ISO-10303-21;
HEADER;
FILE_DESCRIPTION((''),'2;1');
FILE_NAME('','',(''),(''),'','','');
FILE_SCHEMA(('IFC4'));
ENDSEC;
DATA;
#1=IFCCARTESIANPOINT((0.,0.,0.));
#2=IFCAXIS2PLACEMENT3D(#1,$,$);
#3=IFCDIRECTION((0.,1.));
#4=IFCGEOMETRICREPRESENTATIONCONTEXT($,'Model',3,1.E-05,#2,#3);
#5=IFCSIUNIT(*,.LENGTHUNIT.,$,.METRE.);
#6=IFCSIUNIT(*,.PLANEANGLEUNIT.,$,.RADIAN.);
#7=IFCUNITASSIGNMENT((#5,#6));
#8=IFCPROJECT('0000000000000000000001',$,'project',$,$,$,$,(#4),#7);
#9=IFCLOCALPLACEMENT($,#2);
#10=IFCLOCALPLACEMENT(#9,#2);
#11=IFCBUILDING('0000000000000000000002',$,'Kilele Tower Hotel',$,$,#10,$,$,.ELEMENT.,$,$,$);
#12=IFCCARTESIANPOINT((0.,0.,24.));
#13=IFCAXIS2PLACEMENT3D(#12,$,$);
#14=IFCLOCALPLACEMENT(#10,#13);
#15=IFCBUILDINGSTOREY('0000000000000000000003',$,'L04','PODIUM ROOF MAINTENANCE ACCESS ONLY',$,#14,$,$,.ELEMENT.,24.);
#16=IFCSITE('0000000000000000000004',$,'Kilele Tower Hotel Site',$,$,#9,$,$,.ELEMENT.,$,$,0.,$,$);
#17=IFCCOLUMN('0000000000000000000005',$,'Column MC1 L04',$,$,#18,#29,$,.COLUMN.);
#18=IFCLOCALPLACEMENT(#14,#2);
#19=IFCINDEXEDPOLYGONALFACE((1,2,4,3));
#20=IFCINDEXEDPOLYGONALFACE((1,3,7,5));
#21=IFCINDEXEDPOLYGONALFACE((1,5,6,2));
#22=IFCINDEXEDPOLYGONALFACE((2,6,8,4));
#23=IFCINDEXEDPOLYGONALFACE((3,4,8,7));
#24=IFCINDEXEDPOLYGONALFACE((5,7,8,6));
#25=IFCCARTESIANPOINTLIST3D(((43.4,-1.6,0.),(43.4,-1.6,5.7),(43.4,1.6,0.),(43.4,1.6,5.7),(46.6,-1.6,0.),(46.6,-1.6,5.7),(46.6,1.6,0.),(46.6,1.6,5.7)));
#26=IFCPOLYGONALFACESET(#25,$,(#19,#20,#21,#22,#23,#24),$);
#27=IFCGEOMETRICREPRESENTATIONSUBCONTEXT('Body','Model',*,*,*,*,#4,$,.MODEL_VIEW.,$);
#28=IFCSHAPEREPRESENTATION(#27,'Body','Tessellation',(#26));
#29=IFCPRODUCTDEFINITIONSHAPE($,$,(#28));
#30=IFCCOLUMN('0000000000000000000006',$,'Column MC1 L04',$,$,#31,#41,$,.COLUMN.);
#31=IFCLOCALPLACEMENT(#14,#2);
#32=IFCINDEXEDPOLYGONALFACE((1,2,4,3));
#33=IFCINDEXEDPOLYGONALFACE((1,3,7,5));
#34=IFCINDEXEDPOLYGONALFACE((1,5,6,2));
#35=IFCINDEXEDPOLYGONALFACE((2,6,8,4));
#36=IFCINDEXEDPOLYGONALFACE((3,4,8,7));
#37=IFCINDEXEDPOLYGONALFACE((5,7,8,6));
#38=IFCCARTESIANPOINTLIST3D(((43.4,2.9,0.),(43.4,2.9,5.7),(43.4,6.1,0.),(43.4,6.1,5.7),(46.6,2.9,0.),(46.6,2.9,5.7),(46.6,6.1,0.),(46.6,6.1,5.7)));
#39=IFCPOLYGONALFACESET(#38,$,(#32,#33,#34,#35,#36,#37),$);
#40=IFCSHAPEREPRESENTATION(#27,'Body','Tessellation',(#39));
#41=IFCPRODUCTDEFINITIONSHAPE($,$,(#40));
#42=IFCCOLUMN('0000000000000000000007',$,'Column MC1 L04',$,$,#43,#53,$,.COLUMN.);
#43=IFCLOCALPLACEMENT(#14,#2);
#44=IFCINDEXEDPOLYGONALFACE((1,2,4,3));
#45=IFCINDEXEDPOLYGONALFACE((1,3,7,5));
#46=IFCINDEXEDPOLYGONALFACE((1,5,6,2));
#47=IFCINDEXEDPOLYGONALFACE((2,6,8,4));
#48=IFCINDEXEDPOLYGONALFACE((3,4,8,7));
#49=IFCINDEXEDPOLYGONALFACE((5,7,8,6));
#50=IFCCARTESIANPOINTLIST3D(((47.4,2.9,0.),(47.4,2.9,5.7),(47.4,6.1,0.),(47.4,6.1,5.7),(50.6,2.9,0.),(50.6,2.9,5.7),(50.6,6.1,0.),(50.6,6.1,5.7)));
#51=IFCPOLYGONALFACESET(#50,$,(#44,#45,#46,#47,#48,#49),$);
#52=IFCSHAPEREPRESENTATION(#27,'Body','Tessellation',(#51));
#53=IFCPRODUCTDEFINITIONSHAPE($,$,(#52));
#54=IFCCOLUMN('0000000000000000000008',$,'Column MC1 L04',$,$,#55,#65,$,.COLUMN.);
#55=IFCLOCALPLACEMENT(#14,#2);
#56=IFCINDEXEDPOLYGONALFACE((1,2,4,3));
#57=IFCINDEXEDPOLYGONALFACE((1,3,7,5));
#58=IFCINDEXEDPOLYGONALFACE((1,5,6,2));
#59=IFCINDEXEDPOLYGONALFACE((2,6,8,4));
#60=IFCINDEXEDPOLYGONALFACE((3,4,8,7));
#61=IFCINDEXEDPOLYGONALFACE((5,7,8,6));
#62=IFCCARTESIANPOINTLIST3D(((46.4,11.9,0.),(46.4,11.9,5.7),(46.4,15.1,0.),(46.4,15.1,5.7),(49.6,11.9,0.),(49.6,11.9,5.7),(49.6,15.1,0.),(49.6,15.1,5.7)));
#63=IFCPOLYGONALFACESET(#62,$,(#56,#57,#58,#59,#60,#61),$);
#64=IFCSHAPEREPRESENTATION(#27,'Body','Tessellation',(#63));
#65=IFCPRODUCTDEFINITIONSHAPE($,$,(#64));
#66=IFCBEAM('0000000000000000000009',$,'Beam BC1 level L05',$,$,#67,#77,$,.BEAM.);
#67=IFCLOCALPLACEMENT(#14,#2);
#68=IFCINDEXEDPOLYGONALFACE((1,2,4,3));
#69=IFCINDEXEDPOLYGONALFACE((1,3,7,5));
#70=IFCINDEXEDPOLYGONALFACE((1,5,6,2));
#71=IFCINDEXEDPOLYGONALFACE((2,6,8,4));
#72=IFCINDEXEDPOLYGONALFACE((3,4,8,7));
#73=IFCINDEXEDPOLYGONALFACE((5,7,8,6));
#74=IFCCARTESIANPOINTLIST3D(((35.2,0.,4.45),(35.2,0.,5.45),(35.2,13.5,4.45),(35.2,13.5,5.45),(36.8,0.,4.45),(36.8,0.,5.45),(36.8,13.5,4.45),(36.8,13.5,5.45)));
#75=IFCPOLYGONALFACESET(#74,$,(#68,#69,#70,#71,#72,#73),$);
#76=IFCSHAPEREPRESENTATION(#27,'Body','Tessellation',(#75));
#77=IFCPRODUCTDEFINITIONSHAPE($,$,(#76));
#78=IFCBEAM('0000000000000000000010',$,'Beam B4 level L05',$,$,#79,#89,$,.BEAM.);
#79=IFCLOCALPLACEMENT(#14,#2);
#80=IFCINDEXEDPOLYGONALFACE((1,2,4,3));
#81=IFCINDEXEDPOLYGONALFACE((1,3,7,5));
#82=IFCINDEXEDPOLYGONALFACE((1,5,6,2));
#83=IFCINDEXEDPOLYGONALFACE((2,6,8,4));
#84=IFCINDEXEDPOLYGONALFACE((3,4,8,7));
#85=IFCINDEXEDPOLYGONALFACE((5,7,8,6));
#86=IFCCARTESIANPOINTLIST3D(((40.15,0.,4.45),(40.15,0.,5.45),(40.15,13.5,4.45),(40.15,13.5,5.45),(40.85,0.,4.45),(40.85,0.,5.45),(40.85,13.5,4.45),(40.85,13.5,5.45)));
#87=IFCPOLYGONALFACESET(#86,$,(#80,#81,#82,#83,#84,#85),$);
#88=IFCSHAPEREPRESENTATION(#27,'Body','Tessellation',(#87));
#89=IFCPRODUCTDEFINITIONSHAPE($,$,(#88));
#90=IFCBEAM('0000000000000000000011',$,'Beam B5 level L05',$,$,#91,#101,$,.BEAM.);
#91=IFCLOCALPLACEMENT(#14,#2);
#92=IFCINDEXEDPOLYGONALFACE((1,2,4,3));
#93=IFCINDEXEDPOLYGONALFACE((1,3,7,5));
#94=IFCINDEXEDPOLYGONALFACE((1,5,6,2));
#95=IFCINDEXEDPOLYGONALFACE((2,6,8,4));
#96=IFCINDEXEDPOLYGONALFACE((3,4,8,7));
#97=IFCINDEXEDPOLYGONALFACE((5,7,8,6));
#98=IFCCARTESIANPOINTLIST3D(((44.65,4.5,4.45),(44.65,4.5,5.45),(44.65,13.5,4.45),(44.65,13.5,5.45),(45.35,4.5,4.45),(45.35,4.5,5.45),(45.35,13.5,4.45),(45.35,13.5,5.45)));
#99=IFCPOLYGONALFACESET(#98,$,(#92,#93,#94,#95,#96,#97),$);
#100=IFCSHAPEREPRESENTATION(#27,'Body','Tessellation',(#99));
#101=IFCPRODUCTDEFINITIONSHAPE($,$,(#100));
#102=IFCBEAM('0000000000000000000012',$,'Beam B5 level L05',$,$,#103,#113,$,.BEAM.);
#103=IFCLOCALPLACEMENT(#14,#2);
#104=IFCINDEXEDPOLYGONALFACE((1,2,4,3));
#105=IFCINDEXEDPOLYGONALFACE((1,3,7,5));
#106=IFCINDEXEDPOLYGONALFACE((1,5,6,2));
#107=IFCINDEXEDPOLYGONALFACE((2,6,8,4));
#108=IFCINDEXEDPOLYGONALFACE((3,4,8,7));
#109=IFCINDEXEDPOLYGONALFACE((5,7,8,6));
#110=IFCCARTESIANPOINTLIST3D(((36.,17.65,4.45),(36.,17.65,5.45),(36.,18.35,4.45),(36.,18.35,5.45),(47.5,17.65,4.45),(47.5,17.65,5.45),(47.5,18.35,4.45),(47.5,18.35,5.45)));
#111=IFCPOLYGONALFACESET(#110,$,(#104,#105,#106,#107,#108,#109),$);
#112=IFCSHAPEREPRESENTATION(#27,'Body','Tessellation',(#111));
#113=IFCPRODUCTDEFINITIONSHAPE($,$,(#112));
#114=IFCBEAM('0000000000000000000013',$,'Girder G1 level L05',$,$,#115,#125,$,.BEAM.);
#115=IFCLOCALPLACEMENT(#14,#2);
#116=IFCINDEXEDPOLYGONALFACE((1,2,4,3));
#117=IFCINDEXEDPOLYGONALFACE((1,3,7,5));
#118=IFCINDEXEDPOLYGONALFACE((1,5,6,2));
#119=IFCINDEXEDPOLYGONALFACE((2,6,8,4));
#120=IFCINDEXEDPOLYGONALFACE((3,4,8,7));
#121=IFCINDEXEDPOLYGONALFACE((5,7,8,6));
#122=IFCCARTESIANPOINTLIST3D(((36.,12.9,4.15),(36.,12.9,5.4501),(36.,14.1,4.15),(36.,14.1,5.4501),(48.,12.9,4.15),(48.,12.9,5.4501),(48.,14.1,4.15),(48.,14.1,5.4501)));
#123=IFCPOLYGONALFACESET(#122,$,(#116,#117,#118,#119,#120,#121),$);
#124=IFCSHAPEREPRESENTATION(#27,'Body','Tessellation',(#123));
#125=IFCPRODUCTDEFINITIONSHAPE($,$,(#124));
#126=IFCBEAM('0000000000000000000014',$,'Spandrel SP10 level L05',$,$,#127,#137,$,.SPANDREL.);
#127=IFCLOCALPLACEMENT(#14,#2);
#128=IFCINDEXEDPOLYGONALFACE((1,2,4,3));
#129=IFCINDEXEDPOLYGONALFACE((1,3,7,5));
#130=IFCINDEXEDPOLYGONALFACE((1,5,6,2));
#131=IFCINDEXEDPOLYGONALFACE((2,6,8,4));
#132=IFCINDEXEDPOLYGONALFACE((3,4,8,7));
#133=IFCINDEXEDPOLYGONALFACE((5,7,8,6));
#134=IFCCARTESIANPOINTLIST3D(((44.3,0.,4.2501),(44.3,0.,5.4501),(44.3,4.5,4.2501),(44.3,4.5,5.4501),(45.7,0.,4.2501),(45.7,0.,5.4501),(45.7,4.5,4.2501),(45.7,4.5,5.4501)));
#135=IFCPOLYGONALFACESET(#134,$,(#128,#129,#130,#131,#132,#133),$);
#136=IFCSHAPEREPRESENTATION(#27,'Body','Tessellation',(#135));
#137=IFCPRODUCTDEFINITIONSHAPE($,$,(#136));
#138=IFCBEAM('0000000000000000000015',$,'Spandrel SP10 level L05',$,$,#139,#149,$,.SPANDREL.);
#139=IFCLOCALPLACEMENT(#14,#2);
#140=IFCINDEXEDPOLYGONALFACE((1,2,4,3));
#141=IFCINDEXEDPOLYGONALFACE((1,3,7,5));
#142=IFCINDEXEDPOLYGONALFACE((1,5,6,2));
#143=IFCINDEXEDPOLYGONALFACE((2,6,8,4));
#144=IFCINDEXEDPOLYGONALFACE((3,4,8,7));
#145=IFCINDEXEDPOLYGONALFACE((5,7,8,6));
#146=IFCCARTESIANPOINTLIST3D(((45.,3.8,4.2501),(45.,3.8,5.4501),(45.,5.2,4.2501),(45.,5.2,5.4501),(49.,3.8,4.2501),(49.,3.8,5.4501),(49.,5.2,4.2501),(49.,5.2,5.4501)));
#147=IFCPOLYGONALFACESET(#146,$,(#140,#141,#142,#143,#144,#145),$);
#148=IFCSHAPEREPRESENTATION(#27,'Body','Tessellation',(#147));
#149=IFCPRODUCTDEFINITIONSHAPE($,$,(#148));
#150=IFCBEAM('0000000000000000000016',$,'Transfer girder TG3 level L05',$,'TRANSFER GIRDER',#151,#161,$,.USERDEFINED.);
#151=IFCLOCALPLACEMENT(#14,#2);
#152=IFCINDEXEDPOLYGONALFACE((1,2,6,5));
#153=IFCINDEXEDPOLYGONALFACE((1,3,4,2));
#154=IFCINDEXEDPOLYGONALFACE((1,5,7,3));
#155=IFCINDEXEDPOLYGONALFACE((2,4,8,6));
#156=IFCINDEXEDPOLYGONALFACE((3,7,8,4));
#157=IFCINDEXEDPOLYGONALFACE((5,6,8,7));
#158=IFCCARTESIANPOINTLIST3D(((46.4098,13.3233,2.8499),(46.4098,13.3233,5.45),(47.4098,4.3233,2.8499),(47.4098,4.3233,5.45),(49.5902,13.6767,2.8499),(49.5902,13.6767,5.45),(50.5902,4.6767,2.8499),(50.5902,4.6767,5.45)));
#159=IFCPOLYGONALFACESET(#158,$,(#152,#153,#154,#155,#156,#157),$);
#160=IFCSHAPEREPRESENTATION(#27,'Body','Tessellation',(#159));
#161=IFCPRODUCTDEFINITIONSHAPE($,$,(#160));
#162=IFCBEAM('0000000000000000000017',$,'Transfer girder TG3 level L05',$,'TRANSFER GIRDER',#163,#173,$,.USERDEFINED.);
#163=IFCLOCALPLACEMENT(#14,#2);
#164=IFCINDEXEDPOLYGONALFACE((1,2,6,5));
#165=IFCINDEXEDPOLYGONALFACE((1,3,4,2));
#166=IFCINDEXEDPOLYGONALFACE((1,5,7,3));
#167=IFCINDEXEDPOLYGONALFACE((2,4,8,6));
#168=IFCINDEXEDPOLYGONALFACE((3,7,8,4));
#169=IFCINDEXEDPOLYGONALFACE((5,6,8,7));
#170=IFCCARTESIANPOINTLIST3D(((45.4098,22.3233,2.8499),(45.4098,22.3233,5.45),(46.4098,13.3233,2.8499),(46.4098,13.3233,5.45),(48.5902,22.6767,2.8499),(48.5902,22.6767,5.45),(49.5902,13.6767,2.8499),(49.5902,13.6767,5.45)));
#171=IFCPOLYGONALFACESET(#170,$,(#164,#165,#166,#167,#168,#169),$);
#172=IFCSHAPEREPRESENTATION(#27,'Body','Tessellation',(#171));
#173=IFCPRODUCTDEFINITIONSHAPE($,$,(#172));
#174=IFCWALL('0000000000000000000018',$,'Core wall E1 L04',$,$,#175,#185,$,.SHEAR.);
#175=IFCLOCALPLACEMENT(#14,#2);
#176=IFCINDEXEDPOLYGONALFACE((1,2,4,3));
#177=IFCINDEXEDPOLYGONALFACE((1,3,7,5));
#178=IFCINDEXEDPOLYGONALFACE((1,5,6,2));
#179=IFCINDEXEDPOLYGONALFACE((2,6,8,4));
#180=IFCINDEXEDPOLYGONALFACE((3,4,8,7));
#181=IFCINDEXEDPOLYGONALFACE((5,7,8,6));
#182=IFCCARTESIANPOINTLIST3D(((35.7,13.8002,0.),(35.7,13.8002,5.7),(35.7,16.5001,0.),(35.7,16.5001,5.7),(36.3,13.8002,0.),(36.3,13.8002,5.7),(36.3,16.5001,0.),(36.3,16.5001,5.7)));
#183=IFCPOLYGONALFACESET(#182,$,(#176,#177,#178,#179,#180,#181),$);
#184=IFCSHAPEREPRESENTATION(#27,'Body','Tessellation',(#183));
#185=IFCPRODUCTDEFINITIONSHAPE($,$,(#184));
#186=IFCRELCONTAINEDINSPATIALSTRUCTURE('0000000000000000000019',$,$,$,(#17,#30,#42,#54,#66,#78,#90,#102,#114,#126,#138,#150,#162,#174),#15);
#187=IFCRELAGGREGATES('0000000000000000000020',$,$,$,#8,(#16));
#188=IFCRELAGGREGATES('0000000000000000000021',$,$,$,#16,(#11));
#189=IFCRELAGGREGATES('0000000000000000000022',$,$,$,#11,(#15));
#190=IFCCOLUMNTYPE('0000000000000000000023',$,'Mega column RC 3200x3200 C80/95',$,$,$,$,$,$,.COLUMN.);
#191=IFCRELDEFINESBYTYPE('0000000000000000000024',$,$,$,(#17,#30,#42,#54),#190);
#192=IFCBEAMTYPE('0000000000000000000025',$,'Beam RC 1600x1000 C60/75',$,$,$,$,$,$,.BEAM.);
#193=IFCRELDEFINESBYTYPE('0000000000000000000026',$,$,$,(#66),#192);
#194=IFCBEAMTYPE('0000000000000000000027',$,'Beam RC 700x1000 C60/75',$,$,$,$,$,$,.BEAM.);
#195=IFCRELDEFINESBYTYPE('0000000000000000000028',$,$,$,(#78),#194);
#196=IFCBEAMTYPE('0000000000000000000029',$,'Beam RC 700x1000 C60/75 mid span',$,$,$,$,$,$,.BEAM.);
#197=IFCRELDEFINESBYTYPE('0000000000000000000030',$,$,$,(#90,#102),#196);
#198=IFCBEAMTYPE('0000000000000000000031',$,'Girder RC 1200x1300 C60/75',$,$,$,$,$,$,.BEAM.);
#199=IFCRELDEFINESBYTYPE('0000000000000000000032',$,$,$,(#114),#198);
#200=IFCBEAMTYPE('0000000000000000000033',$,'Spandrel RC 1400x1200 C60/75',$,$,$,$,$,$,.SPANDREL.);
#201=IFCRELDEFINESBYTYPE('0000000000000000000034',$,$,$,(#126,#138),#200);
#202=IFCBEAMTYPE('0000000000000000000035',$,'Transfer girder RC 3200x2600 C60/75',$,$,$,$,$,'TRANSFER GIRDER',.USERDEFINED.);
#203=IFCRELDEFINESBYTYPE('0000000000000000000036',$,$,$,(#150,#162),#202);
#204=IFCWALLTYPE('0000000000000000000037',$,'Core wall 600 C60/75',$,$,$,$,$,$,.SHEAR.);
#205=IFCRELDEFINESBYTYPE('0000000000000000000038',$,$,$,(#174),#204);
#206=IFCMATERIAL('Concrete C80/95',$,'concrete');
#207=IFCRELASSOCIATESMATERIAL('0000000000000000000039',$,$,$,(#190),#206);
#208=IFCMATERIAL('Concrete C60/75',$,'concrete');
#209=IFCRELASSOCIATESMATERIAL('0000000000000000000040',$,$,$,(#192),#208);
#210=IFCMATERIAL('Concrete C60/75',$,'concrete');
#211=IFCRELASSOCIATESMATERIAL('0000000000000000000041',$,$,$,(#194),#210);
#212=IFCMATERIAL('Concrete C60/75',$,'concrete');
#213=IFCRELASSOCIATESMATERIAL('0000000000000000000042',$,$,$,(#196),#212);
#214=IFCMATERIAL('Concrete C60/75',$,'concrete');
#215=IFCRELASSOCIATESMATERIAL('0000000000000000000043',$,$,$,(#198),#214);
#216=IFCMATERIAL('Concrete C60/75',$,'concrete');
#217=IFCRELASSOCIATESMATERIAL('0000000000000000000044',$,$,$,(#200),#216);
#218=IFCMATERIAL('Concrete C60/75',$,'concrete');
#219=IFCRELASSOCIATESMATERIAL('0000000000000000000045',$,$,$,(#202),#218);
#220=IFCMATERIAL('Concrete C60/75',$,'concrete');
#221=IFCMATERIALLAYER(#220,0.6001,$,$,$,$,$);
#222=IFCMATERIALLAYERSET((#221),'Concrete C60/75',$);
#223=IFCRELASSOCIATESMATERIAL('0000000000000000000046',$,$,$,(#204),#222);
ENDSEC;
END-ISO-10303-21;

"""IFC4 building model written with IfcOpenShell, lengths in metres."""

from ifc_helpers import new_model, si_unit, direction, frame, frame_2d, origin, origin_2d, place, context, subcontext, project, spatial, rectangle, extrude, material, layer, layer_set, material_profile, profile_set, type_object, element, save


model = new_model("IFC4")

# Units and contexts
model_context = context("Model", 3, precision=1e-05, world=origin(), true_north=direction((0.0, 1.0)))
body_context = subcontext(model_context, "Body", "Model", "MODEL_VIEW")
ifc_project = project(units=[si_unit("LENGTHUNIT", "METRE"), si_unit("PLANEANGLEUNIT", "RADIAN")], contexts=[model_context])

# Site, building, storey
site_placement = place(None, origin())
site = spatial("IfcSite", under=ifc_project, at=site_placement, Name="Kilele Tower Hotel Site", CompositionType="ELEMENT", RefElevation=0.0)
building_placement = place(site_placement, origin())
building = spatial("IfcBuilding", under=site, at=building_placement, Name="Kilele Tower Hotel", CompositionType="ELEMENT")
storey_placement = place(building_placement, frame((0.0, 0.0, 24.0)))
storey = spatial("IfcBuildingStorey", under=building, at=storey_placement, Name="L04", Description="PODIUM ROOF MAINTENANCE ACCESS ONLY", CompositionType="ELEMENT", Elevation=24.0)

# Columns
ifc_material_1 = material(Name="Concrete C80/95", Category="concrete")
ifc_material_profile_1 = material_profile(ifc_material_1, rectangle(XDim=3.2, YDim=3.2, at=origin_2d()))
ifc_profile_set_1 = profile_set([ifc_material_profile_1], Name="Concrete C80/95")
column_type = type_object("IfcColumnType", Name="Mega column RC 3200x3200 C80/95", PredefinedType="COLUMN", material=ifc_profile_set_1)
for number, where, z_axis, x_axis, name in (
    (1, (45.0, 0.0, 0.0), (0.0, 0.0, 1.0), (1.0, 0.0, 0.0), "Column MC1 L04"),
    (2, (45.0, 4.5, 0.0), (0.0, 0.0, 1.0), (1.0, 0.0, 0.0), "Column MC1 L04"),
    (3, (49.0, 4.5, 0.0), (0.0, 0.0, 1.0), (1.0, 0.0, 0.0), "Column MC1 L04"),
    (4, (48.0, 13.5, 0.0), (0.0, 0.0, 1.0), (1.0, 0.0, 0.0), "Column MC1 L04"),
):
    element("IfcColumn", number, at=place(storey_placement, frame(where, z_axis=z_axis, x_axis=x_axis)), inside=storey, type_object=column_type, Name=name, PredefinedType="COLUMN", context=body_context, shape_type="SweptSolid", body=[
        extrude(rectangle(XDim=3.2, YDim=3.2, at=origin_2d()), origin(), (0.0, 0.0, 1.0), 5.7),
    ])

# Beams
ifc_material_2 = material(Name="Concrete C60/75", Category="concrete")
ifc_material_profile_2 = material_profile(ifc_material_2, rectangle(XDim=1.6001, YDim=1.0, at=origin_2d()))
ifc_profile_set_2 = profile_set([ifc_material_profile_2], Name="Concrete C60/75")
beam_type_1 = type_object("IfcBeamType", Name="Beam RC 1600x1000 C60/75", PredefinedType="BEAM", material=ifc_profile_set_2)
beam_1_placement = place(storey_placement, frame((36.0, 0.0, 4.95), z_axis=(0.0, 1.0, 0.0), x_axis=(-1.0, 0.0, 0.0)))
element("IfcBeam", 5, at=beam_1_placement, inside=storey, type_object=beam_type_1, Name="Beam BC1 level L05", PredefinedType="BEAM", context=body_context, shape_type="SweptSolid", body=[
    extrude(rectangle(XDim=1.6001, YDim=1.0, at=origin_2d()), origin(), (0.0, 0.0, 1.0), 13.5),
])
ifc_material_3 = material(Name="Concrete C60/75", Category="concrete")
ifc_material_profile_3 = material_profile(ifc_material_3, rectangle(XDim=0.7, YDim=1.0, at=origin_2d()))
ifc_profile_set_3 = profile_set([ifc_material_profile_3], Name="Concrete C60/75")
beam_type_2 = type_object("IfcBeamType", Name="Beam RC 700x1000 C60/75", PredefinedType="BEAM", material=ifc_profile_set_3)
beam_2_placement = place(storey_placement, frame((40.5, 0.0, 4.95), z_axis=(0.0, 1.0, 0.0), x_axis=(-1.0, 0.0, 0.0)))
element("IfcBeam", 6, at=beam_2_placement, inside=storey, type_object=beam_type_2, Name="Beam B4 level L05", PredefinedType="BEAM", context=body_context, shape_type="SweptSolid", body=[
    extrude(rectangle(XDim=0.7, YDim=1.0, at=origin_2d()), origin(), (0.0, 0.0, 1.0), 13.5),
])
ifc_material_4 = material(Name="Concrete C60/75", Category="concrete")
ifc_material_profile_4 = material_profile(ifc_material_4, rectangle(XDim=0.7, YDim=1.0, at=origin_2d()))
ifc_profile_set_4 = profile_set([ifc_material_profile_4], Name="Concrete C60/75")
beam_type_3 = type_object("IfcBeamType", Name="Beam RC 700x1000 C60/75 mid span", PredefinedType="BEAM", material=ifc_profile_set_4)
beam_3_placement = place(storey_placement, frame((45.0, 4.5, 4.95), z_axis=(0.0, 1.0, 0.0), x_axis=(-1.0, 0.0, 0.0)))
element("IfcBeam", 7, at=beam_3_placement, inside=storey, type_object=beam_type_3, Name="Beam B5 level L05", PredefinedType="BEAM", context=body_context, shape_type="SweptSolid", body=[
    extrude(rectangle(XDim=0.7, YDim=1.0, at=origin_2d()), origin(), (0.0, 0.0, 1.0), 9.0),
])
beam_4_placement = place(storey_placement, frame((47.5, 18.0, 4.95), z_axis=(-1.0, 0.0, 0.0), x_axis=(0.0, -1.0, 0.0)))
element("IfcBeam", 8, at=beam_4_placement, inside=storey, type_object=beam_type_3, Name="Beam B5 level L05", PredefinedType="BEAM", context=body_context, shape_type="SweptSolid", body=[
    extrude(rectangle(XDim=0.7, YDim=1.0, at=origin_2d()), origin(), (0.0, 0.0, 1.0), 11.5),
])
ifc_material_5 = material(Name="Concrete C60/75", Category="concrete")
ifc_material_profile_5 = material_profile(ifc_material_5, rectangle(XDim=1.2, YDim=1.3, at=origin_2d()))
ifc_profile_set_5 = profile_set([ifc_material_profile_5], Name="Concrete C60/75")
beam_type_4 = type_object("IfcBeamType", Name="Girder RC 1200x1300 C60/75", PredefinedType="BEAM", material=ifc_profile_set_5)
beam_5_placement = place(storey_placement, frame((48.0, 13.5, 4.8), z_axis=(-1.0, 0.0, 0.0), x_axis=(0.0, -1.0, 0.0)))
element("IfcBeam", 9, at=beam_5_placement, inside=storey, type_object=beam_type_4, Name="Girder G1 level L05", PredefinedType="BEAM", context=body_context, shape_type="SweptSolid", body=[
    extrude(rectangle(XDim=1.2, YDim=1.3, at=origin_2d()), origin(), (0.0, 0.0, 1.0), 12.0),
])
ifc_material_6 = material(Name="Concrete C60/75", Category="concrete")
ifc_material_profile_6 = material_profile(ifc_material_6, rectangle(XDim=1.3999, YDim=1.2, at=origin_2d()))
ifc_profile_set_6 = profile_set([ifc_material_profile_6], Name="Concrete C60/75")
beam_type_5 = type_object("IfcBeamType", Name="Spandrel RC 1400x1200 C60/75", PredefinedType="SPANDREL", material=ifc_profile_set_6)
beam_6_placement = place(storey_placement, frame((45.0, 0.0, 4.8501), z_axis=(0.0, 1.0, 0.0), x_axis=(-1.0, 0.0, 0.0)))
element("IfcBeam", 10, at=beam_6_placement, inside=storey, type_object=beam_type_5, Name="Spandrel SP10 level L05", PredefinedType="SPANDREL", context=body_context, shape_type="SweptSolid", body=[
    extrude(rectangle(XDim=1.3999, YDim=1.2, at=origin_2d()), origin(), (0.0, 0.0, 1.0), 4.5),
])
beam_7_placement = place(storey_placement, frame((45.0, 4.5, 4.8501), z_axis=(1.0, 0.0, 0.0), x_axis=(0.0, 1.0, 0.0)))
element("IfcBeam", 11, at=beam_7_placement, inside=storey, type_object=beam_type_5, Name="Spandrel SP10 level L05", PredefinedType="SPANDREL", context=body_context, shape_type="SweptSolid", body=[
    extrude(rectangle(XDim=1.3999, YDim=1.2, at=origin_2d()), origin(), (0.0, 0.0, 1.0), 4.0),
])
ifc_material_7 = material(Name="Concrete C60/75", Category="concrete")
ifc_material_profile_7 = material_profile(ifc_material_7, rectangle(XDim=3.2, YDim=2.6001, at=origin_2d()))
ifc_profile_set_7 = profile_set([ifc_material_profile_7], Name="Concrete C60/75")
beam_type_6 = type_object("IfcBeamType", Name="Transfer girder RC 3200x2600 C60/75", ElementType="TRANSFER GIRDER", PredefinedType="USERDEFINED", material=ifc_profile_set_7)
for number, where, z_axis, x_axis, name in (
    (12, (49.0, 4.5, 4.1499), (-0.110432, 0.993884, 0.0), (-0.993884, -0.110432, 0.0), "Transfer girder TG3 level L05"),
    (13, (48.0, 13.5, 4.1499), (-0.110432, 0.993884, 0.0), (-0.993884, -0.110432, 0.0), "Transfer girder TG3 level L05"),
):
    element("IfcBeam", number, at=place(storey_placement, frame(where, z_axis=z_axis, x_axis=x_axis)), inside=storey, type_object=beam_type_6, Name=name, ObjectType="TRANSFER GIRDER", PredefinedType="USERDEFINED", context=body_context, shape_type="SweptSolid", body=[
        extrude(rectangle(XDim=3.2, YDim=2.6001, at=origin_2d()), origin(), (0.0, 0.0, 1.0), 9.0554),
    ])

# Wall
ifc_material_8 = material(Name="Concrete C60/75", Category="concrete")
ifc_layer_1 = layer(ifc_material_8, 0.6001)
ifc_layer_set_1 = layer_set([ifc_layer_1], Name="Concrete C60/75")
wall_type_1 = type_object("IfcWallType", Name="Core wall 600 C60/75", PredefinedType="SHEAR", material=ifc_layer_set_1)
wall_1_placement = place(storey_placement, frame((36.0, 13.8, 0.0), z_axis=(0.0, 0.0, 1.0), x_axis=(0.0, 1.0, 0.0)))
element("IfcWall", 14, at=wall_1_placement, inside=storey, type_object=wall_type_1, Name="Core wall E1 L04", PredefinedType="SHEAR", context=body_context, shape_type="SweptSolid", body=[
    extrude(rectangle(XDim=2.7, YDim=0.6001, at=frame_2d((1.3501, 0.0))), origin(), (0.0, 0.0, 1.0), 5.7),
])

save(model, "model.ifc")
